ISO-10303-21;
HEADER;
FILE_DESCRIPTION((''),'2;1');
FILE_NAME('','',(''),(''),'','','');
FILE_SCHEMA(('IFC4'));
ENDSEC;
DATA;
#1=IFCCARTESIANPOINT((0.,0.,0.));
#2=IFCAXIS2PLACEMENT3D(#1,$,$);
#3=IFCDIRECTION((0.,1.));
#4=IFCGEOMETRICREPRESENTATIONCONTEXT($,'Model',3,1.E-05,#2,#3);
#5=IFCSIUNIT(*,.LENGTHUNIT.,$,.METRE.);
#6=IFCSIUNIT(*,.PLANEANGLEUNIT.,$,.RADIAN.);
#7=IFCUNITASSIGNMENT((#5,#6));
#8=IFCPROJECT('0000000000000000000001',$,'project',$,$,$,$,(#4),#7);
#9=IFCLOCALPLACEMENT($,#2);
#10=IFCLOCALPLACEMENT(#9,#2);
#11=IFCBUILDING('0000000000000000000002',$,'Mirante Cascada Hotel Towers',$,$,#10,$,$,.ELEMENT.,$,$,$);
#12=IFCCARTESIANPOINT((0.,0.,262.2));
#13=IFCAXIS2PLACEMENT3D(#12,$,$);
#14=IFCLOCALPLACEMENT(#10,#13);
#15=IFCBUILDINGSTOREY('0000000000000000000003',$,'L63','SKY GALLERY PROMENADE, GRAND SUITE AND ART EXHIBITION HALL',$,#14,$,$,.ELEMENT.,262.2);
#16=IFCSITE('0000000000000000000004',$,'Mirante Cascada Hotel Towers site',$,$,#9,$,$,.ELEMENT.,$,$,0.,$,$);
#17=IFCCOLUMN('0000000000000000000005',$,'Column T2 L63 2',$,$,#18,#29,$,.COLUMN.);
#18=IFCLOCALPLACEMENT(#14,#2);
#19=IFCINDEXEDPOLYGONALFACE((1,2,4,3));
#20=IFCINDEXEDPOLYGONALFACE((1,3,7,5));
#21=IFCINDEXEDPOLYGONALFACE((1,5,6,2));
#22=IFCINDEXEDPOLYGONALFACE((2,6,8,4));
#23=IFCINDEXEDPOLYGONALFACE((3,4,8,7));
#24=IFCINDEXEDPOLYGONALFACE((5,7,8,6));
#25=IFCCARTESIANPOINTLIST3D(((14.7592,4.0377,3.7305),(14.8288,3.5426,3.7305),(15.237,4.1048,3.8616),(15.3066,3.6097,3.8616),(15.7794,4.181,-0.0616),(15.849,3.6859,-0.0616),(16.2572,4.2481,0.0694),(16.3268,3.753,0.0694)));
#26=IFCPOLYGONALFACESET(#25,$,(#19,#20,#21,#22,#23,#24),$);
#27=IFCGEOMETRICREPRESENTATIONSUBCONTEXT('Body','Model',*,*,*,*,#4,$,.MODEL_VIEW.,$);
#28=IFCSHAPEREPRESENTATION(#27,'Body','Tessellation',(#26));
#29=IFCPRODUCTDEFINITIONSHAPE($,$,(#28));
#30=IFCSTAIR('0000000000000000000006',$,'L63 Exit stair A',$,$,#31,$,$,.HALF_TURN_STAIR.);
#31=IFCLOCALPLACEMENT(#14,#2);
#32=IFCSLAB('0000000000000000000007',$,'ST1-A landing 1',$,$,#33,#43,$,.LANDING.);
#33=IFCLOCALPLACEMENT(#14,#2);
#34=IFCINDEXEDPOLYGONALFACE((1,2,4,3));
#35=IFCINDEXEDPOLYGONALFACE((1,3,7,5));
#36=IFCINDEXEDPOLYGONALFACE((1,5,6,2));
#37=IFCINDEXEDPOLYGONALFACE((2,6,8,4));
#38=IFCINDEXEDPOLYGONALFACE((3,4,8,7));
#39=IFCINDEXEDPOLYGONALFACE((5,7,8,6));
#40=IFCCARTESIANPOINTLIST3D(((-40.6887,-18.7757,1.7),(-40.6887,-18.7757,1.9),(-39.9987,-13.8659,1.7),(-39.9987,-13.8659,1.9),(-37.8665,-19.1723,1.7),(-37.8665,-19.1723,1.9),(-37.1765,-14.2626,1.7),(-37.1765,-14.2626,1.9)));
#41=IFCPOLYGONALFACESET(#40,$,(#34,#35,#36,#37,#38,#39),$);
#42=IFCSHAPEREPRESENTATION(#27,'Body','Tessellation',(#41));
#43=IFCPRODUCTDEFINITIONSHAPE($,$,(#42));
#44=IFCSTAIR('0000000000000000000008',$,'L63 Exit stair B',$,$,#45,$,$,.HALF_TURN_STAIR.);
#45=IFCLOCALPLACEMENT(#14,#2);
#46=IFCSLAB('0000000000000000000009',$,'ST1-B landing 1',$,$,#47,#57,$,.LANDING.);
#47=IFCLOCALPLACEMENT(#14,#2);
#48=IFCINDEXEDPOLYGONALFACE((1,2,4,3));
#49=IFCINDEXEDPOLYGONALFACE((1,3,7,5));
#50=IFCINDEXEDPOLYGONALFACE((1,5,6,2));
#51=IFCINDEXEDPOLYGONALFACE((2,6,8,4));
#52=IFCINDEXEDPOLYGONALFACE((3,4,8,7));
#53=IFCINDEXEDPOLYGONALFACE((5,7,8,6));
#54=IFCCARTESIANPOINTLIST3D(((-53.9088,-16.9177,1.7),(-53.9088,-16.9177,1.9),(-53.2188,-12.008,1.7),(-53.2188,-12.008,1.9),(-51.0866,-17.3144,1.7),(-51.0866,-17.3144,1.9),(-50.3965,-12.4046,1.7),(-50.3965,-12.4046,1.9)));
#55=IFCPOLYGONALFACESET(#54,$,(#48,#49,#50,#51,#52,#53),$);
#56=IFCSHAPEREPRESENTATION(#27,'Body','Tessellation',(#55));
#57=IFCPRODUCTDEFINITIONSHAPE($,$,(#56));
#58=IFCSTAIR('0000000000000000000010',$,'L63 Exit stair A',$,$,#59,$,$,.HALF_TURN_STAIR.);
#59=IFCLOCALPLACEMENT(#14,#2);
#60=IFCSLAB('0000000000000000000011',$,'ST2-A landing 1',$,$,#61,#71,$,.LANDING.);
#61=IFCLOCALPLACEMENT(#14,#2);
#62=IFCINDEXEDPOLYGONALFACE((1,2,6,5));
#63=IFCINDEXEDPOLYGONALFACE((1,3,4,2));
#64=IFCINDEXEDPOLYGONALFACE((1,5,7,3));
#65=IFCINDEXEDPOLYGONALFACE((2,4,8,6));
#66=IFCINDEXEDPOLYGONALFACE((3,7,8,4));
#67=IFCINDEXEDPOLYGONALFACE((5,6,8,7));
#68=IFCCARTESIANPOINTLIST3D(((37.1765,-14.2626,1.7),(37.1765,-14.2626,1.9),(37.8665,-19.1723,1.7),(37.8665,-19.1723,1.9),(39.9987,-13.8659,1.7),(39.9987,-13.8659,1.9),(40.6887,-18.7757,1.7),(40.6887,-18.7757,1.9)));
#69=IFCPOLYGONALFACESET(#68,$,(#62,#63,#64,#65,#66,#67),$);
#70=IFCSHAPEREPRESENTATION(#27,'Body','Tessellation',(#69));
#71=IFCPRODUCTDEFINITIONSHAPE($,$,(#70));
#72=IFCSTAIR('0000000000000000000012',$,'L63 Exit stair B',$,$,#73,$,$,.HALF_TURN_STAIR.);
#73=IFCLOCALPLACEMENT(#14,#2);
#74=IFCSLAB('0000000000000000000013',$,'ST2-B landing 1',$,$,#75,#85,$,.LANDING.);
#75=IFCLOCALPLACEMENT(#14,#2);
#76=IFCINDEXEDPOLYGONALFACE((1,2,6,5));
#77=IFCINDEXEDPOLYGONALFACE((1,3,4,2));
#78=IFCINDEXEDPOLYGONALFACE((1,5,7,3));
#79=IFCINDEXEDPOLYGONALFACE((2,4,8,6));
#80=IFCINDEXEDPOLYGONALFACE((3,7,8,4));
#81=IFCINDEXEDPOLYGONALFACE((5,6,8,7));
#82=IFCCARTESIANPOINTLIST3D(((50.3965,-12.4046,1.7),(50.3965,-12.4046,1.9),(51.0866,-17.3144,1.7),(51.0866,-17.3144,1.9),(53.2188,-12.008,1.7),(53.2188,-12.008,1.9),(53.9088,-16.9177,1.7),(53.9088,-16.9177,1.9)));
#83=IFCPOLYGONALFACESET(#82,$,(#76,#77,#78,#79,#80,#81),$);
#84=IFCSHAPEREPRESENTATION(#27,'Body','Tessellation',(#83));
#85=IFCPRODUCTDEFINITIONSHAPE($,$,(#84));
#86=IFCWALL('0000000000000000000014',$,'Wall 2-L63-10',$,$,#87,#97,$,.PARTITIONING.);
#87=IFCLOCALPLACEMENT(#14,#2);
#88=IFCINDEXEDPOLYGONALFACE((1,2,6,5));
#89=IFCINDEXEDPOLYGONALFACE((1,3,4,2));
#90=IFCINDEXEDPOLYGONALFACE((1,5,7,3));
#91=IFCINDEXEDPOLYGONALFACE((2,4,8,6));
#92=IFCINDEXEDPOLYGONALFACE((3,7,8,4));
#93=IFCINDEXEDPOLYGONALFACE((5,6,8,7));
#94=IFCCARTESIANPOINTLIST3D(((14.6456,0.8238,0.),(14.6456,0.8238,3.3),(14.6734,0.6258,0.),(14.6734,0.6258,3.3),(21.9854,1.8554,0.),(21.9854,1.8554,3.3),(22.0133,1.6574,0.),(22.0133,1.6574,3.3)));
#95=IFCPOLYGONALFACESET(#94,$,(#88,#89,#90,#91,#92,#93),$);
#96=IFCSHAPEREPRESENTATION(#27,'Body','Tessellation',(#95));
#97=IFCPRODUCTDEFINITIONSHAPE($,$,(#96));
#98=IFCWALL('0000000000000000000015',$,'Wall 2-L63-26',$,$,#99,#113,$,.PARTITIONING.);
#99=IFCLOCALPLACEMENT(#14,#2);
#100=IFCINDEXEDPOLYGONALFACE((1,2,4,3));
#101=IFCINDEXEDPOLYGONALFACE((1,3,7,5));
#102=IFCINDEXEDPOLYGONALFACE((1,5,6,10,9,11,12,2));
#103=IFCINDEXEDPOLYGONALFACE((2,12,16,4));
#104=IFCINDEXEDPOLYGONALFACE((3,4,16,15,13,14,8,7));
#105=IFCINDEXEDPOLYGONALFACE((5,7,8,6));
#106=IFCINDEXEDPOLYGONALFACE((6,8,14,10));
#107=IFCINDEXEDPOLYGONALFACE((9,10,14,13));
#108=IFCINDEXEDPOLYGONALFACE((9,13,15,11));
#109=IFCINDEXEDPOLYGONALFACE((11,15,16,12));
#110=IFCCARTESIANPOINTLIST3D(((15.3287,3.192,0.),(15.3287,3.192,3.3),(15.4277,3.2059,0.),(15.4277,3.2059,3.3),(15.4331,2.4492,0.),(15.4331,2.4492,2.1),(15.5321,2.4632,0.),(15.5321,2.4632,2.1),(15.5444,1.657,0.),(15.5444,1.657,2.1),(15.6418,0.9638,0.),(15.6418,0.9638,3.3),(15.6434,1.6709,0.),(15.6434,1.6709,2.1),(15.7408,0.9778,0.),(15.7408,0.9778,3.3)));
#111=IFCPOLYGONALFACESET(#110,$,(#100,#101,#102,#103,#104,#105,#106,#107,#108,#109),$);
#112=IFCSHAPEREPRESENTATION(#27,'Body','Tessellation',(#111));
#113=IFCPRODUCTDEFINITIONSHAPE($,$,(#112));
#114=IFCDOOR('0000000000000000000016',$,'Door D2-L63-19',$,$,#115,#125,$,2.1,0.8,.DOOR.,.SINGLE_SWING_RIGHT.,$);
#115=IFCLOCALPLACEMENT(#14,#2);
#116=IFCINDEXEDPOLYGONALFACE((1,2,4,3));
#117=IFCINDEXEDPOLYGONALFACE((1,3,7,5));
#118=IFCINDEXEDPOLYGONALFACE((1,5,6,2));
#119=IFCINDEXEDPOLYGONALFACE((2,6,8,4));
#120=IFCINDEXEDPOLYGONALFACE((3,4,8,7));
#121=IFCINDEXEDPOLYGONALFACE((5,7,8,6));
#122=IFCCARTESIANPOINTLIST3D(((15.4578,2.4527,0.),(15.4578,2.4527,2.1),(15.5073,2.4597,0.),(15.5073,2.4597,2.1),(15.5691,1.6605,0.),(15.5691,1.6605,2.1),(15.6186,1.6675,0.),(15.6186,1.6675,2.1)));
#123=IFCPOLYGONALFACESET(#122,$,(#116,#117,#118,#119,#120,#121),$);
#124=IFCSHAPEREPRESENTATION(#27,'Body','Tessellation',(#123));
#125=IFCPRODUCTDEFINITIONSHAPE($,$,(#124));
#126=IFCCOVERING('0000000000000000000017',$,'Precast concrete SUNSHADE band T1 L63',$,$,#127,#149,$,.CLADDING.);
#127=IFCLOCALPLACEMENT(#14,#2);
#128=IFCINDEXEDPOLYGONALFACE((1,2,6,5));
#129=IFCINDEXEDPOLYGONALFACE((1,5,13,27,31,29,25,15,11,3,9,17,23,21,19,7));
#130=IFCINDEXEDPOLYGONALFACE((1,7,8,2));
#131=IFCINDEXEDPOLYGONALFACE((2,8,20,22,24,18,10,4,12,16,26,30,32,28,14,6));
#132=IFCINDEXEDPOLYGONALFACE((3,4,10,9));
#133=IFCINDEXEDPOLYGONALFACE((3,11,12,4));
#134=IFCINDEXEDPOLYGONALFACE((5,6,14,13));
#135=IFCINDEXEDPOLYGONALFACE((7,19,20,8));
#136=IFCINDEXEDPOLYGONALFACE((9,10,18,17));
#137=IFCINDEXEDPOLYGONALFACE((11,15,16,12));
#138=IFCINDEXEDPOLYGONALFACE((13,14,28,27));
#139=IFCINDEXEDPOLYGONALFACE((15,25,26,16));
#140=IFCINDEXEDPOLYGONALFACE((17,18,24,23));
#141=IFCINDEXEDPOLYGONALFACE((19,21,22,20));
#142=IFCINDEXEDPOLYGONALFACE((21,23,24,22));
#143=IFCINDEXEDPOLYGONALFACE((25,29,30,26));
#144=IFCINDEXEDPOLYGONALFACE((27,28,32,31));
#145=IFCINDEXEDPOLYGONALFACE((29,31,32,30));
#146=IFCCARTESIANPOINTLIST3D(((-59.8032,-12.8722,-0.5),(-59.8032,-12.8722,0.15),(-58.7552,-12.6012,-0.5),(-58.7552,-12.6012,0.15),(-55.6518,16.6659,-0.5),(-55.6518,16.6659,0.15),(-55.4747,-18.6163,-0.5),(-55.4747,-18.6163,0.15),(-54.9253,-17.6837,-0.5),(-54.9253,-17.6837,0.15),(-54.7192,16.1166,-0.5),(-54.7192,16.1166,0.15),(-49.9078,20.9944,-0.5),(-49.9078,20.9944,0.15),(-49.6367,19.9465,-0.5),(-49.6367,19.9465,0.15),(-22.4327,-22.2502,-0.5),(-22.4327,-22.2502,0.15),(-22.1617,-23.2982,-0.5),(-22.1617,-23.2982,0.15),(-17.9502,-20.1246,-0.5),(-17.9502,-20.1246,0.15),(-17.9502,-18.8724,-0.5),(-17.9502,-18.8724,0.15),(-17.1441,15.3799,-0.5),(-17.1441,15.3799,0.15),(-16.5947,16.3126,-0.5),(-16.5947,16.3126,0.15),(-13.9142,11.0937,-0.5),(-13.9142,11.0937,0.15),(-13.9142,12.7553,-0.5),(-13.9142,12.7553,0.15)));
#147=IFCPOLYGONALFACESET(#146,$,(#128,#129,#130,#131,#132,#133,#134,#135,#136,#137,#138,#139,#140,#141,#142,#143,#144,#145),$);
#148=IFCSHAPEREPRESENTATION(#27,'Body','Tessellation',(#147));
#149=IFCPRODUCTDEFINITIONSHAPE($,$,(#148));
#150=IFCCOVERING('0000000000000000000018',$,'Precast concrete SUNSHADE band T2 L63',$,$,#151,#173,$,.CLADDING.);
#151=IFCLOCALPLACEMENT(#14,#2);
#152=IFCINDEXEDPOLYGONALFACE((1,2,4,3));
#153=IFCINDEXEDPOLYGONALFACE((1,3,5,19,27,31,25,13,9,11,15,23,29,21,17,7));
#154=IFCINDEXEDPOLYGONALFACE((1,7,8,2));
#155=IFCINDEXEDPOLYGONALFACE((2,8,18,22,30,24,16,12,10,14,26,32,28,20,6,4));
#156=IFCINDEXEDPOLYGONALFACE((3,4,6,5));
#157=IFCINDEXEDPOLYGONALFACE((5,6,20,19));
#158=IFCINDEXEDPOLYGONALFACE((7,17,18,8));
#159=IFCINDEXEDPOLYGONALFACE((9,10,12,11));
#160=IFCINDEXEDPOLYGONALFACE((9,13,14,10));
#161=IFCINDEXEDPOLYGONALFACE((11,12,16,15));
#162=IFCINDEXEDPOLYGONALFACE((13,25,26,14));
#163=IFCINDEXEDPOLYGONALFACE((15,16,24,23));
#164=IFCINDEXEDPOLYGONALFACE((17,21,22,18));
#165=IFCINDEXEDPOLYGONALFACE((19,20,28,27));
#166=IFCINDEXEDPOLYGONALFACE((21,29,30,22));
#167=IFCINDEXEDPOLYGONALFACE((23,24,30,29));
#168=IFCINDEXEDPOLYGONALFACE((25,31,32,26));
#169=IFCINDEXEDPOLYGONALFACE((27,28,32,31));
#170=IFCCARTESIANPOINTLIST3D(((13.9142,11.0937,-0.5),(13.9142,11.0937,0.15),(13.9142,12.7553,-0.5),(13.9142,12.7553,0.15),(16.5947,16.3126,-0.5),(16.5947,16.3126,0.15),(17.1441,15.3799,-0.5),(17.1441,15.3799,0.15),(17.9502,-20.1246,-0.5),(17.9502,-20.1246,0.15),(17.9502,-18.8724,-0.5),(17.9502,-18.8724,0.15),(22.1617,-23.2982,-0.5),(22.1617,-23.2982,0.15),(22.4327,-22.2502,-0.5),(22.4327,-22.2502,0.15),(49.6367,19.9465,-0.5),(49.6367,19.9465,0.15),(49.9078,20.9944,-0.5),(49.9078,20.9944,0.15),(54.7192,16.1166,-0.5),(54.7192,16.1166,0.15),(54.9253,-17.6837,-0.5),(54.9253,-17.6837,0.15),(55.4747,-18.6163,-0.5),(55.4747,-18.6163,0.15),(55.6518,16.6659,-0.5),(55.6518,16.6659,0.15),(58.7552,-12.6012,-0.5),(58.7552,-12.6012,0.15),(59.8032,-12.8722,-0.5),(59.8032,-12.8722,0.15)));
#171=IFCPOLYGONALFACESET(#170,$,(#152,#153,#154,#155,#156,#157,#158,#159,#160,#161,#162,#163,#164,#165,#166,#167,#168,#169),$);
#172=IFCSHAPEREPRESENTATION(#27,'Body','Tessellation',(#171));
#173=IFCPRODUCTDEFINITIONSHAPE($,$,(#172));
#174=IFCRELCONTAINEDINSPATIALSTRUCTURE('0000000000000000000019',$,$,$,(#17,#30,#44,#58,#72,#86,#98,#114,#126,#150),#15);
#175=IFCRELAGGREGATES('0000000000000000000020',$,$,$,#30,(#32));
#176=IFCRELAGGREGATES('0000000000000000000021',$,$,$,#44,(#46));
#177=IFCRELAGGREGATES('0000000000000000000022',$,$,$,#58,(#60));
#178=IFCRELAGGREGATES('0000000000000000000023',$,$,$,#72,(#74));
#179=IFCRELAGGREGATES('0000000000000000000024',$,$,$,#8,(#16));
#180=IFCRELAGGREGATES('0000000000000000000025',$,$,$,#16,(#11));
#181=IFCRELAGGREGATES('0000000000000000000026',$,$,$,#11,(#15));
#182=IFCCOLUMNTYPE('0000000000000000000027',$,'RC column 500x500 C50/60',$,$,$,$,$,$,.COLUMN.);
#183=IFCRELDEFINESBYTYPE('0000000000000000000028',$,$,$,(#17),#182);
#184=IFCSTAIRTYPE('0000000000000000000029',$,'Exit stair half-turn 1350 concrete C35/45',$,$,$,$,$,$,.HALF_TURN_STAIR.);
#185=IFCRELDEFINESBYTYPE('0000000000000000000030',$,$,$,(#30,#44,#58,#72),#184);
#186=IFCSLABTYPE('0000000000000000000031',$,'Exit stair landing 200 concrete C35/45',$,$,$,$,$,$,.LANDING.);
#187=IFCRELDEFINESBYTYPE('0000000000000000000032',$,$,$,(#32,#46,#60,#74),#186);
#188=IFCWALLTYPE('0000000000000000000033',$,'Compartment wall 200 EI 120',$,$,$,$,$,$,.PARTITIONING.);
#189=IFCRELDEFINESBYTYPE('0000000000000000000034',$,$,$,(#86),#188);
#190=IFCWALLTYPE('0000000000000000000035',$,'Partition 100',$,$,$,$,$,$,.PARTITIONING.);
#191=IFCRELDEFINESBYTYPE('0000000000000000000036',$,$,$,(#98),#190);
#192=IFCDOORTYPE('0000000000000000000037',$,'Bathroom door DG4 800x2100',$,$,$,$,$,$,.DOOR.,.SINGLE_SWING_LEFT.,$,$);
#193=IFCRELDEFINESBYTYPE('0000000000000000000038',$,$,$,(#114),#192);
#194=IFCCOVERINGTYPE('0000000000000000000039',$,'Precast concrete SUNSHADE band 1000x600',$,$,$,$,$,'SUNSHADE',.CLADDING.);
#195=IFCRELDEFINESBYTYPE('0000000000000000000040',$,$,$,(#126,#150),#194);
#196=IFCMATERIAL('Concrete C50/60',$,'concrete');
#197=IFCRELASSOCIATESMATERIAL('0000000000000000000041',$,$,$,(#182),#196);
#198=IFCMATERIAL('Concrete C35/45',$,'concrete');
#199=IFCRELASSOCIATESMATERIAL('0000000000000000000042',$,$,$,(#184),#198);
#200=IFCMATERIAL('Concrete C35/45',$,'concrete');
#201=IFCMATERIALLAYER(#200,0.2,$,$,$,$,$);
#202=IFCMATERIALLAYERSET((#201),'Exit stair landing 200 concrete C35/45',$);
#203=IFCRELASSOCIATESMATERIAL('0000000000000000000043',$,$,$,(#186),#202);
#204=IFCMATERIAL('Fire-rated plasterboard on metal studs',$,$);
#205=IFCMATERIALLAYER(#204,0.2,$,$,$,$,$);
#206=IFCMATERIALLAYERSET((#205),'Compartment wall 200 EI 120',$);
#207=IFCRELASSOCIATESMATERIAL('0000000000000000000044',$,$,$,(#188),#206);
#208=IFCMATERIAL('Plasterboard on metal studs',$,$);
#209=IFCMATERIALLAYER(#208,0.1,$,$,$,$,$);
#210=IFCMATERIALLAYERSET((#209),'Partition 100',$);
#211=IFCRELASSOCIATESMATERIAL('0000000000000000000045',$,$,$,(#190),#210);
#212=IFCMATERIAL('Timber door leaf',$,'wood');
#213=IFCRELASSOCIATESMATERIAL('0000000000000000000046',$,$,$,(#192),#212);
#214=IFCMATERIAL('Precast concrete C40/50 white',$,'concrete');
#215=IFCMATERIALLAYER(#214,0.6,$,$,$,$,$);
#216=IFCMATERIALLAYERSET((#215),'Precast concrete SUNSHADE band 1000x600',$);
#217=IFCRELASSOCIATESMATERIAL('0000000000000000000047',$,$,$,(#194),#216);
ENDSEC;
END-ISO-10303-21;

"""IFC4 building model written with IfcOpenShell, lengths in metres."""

from ifc_helpers import new_model, si_unit, direction, frame, frame_2d, origin, origin_2d, place, context, subcontext, project, spatial, polyline, rectangle, outline, extrude, material, layer, layer_set, material_profile, profile_set, type_object, element, fill, aggregate, save


model = new_model("IFC4")

# Units and contexts
model_context = context("Model", 3, precision=1e-05, world=origin(), true_north=direction((0.0, 1.0)))
body_context = subcontext(model_context, "Body", "Model", "MODEL_VIEW")
ifc_project = project(units=[si_unit("LENGTHUNIT", "METRE"), si_unit("PLANEANGLEUNIT", "RADIAN")], contexts=[model_context])

# Site, building, storey
site_placement = place(None, origin())
site = spatial("IfcSite", under=ifc_project, at=site_placement, Name="Mirante Cascada Hotel Towers site", CompositionType="ELEMENT", RefElevation=0.0)
building_placement = place(site_placement, origin())
building = spatial("IfcBuilding", under=site, at=building_placement, Name="Mirante Cascada Hotel Towers", CompositionType="ELEMENT")
storey_placement = place(building_placement, frame((0.0, 0.0, 262.2)))
storey = spatial("IfcBuildingStorey", under=building, at=storey_placement, Name="L63", Description="SKY GALLERY PROMENADE, GRAND SUITE AND ART EXHIBITION HALL", CompositionType="ELEMENT", Elevation=262.2)

# Column
ifc_material_1 = material(Name="Concrete C50/60", Category="concrete")
ifc_material_profile = material_profile(ifc_material_1, rectangle(XDim=0.5, YDim=0.5, at=origin_2d()), Name="RC column 500x500 C50/60")
ifc_profile_set = profile_set([ifc_material_profile], Name="Concrete C50/60")
column_type = type_object("IfcColumnType", Name="RC column 500x500 C50/60", PredefinedType="COLUMN", material=ifc_profile_set)
column_placement = place(storey_placement, frame((16.0531, 3.967, 0.0039), z_axis=(-0.259616, -0.036466, 0.965023), x_axis=(0.139097, -0.990279, 0.0)))
element("IfcColumn", 1, at=column_placement, inside=storey, type_object=column_type, Name="Column T2 L63 2", PredefinedType="COLUMN", context=body_context, shape_type="SweptSolid", body=[
    extrude(rectangle(XDim=0.5, YDim=0.5, at=origin_2d()), origin(), (0.0, 0.0, 1.0), 3.9296),
])

# Stairs, slabs
ifc_material_2 = material(Name="Concrete C35/45", Category="concrete")
stair_type = type_object("IfcStairType", Name="Exit stair half-turn 1350 concrete C35/45", PredefinedType="HALF_TURN_STAIR", material=ifc_material_2)
stair_1_placement = place(storey_placement, origin())
stair_1 = element("IfcStair", 2, at=stair_1_placement, inside=storey, type_object=stair_type, Name="L63 Exit stair A", PredefinedType="HALF_TURN_STAIR")
ifc_material_3 = material(Name="Concrete C35/45", Category="concrete")
ifc_layer_1 = layer(ifc_material_3, 0.2)
ifc_layer_set_1 = layer_set([ifc_layer_1], Name="Exit stair landing 200 concrete C35/45")
slab_type = type_object("IfcSlabType", Name="Exit stair landing 200 concrete C35/45", PredefinedType="LANDING", material=ifc_layer_set_1)
slab_1_placement = place(storey_placement, frame((0.0, 0.0, 1.7)))
slab_1 = element("IfcSlab", 3, at=slab_1_placement, type_object=slab_type, Name="ST1-A landing 1", PredefinedType="LANDING", context=body_context, shape_type="SweptSolid", body=[
    extrude(outline(polyline([(-39.9987, -13.8659), (-40.6887, -18.7757), (-37.8665, -19.1723), (-37.1765, -14.2626), (-39.9987, -13.8659)])), origin(), (0.0, 0.0, 1.0), 0.2),
])
aggregate(stair_1, [slab_1])
stair_2_placement = place(storey_placement, origin())
stair_2 = element("IfcStair", 4, at=stair_2_placement, inside=storey, type_object=stair_type, Name="L63 Exit stair B", PredefinedType="HALF_TURN_STAIR")
slab_2_placement = place(storey_placement, frame((0.0, 0.0, 1.7)))
slab_2 = element("IfcSlab", 5, at=slab_2_placement, type_object=slab_type, Name="ST1-B landing 1", PredefinedType="LANDING", context=body_context, shape_type="SweptSolid", body=[
    extrude(outline(polyline([(-53.2188, -12.008), (-53.9088, -16.9177), (-51.0866, -17.3144), (-50.3965, -12.4046), (-53.2188, -12.008)])), origin(), (0.0, 0.0, 1.0), 0.2),
])
aggregate(stair_2, [slab_2])
stair_3_placement = place(storey_placement, origin())
stair_3 = element("IfcStair", 6, at=stair_3_placement, inside=storey, type_object=stair_type, Name="L63 Exit stair A", PredefinedType="HALF_TURN_STAIR")
slab_3_placement = place(storey_placement, frame((0.0, 0.0, 1.7)))
slab_3 = element("IfcSlab", 7, at=slab_3_placement, type_object=slab_type, Name="ST2-A landing 1", PredefinedType="LANDING", context=body_context, shape_type="SweptSolid", body=[
    extrude(outline(polyline([(37.1765, -14.2626), (37.8665, -19.1723), (40.6887, -18.7757), (39.9987, -13.8659), (37.1765, -14.2626)])), origin(), (0.0, 0.0, 1.0), 0.2),
])
aggregate(stair_3, [slab_3])
stair_4_placement = place(storey_placement, origin())
stair_4 = element("IfcStair", 8, at=stair_4_placement, inside=storey, type_object=stair_type, Name="L63 Exit stair B", PredefinedType="HALF_TURN_STAIR")
slab_4_placement = place(storey_placement, frame((0.0, 0.0, 1.7)))
slab_4 = element("IfcSlab", 9, at=slab_4_placement, type_object=slab_type, Name="ST2-B landing 1", PredefinedType="LANDING", context=body_context, shape_type="SweptSolid", body=[
    extrude(outline(polyline([(50.3965, -12.4046), (51.0866, -17.3144), (53.9088, -16.9177), (53.2188, -12.008), (50.3965, -12.4046)])), origin(), (0.0, 0.0, 1.0), 0.2),
])
aggregate(stair_4, [slab_4])

# Wall
ifc_material_4 = material(Name="Fire-rated plasterboard on metal studs")
ifc_layer_2 = layer(ifc_material_4, 0.2)
ifc_layer_set_2 = layer_set([ifc_layer_2], Name="Compartment wall 200 EI 120")
wall_type_1 = type_object("IfcWallType", Name="Compartment wall 200 EI 120", PredefinedType="PARTITIONING", material=ifc_layer_set_2)
wall_1_placement = place(storey_placement, frame((14.6595, 0.7248, 0.0), z_axis=(0.0, 0.0, 1.0), x_axis=(0.990267, 0.139179, 0.0)))
element("IfcWall", 10, at=wall_1_placement, inside=storey, type_object=wall_type_1, Name="Wall 2-L63-10", PredefinedType="PARTITIONING", context=body_context, shape_type="SweptSolid", body=[
    extrude(rectangle(XDim=7.412, YDim=0.2, at=frame_2d((3.706, 0.0))), origin(), (0.0, 0.0, 1.0), 3.3),
])

# Wall, opening, door
ifc_material_5 = material(Name="Plasterboard on metal studs")
ifc_layer_3 = layer(ifc_material_5, 0.1)
ifc_layer_set_3 = layer_set([ifc_layer_3], Name="Partition 100")
wall_type_2 = type_object("IfcWallType", Name="Partition 100", PredefinedType="PARTITIONING", material=ifc_layer_set_3)
wall_2_placement = place(storey_placement, frame((15.6913, 0.9708, 0.0), z_axis=(0.0, 0.0, 1.0), x_axis=(-0.139156, 0.990271, 0.0)))
wall_2 = element("IfcWall", 11, at=wall_2_placement, inside=storey, type_object=wall_type_2, Name="Wall 2-L63-26", PredefinedType="PARTITIONING", context=body_context, shape_type="SweptSolid", body=[
    extrude(rectangle(XDim=2.25, YDim=0.1, at=frame_2d((1.125, 0.0))), origin(), (0.0, 0.0, 1.0), 3.3),
])
opening_placement = place(wall_2_placement, frame((0.7, 0.0, 0.0)))
opening = element("IfcOpeningElement", 12, at=opening_placement, cuts=wall_2, PredefinedType="OPENING", context=body_context, shape_type="SweptSolid", body=[
    extrude(rectangle(XDim=0.8, YDim=2.1, at=frame_2d((0.4, 1.05))), frame((0.0, 0.05, 0.0), z_axis=(0.0, -1.0, 0.0), x_axis=(1.0, 0.0, 0.0)), (0.0, 0.0, 1.0), 0.1),
])
ifc_material_6 = material(Name="Timber door leaf", Category="wood")
door_type = type_object("IfcDoorType", Name="Bathroom door DG4 800x2100", OperationType="SINGLE_SWING_LEFT", PredefinedType="DOOR", material=ifc_material_6)
door_placement = place(opening_placement, frame((0.8, 0.0, 0.0), z_axis=(0.0, 0.0, 1.0), x_axis=(-1.0, 0.0, 0.0)))
door = element("IfcDoor", 13, at=door_placement, inside=storey, type_object=door_type, Name="Door D2-L63-19", OperationType="SINGLE_SWING_RIGHT", OverallHeight=2.1, OverallWidth=0.8, PredefinedType="DOOR", context=body_context, shape_type="SweptSolid", body=[
    extrude(rectangle(XDim=0.8, YDim=2.1, at=frame_2d((0.4, 1.05))), frame((0.0, 0.025, 0.0), z_axis=(0.0, -1.0, 0.0), x_axis=(1.0, 0.0, 0.0)), (0.0, 0.0, 1.0), 0.05),
])
fill(opening, door)

# Coverings
ifc_material_7 = material(Name="Precast concrete C40/50 white", Category="concrete")
ifc_layer_4 = layer(ifc_material_7, 0.6)
ifc_layer_set_4 = layer_set([ifc_layer_4], Name="Precast concrete SUNSHADE band 1000x600")
covering_type = type_object("IfcCoveringType", Name="Precast concrete SUNSHADE band 1000x600", ElementType="SUNSHADE", PredefinedType="CLADDING", material=ifc_layer_set_4)
covering_1_placement = place(storey_placement, frame((0.0, 0.0, -0.5)))
element("IfcCovering", 14, at=covering_1_placement, inside=storey, type_object=covering_type, Name="Precast concrete SUNSHADE band T1 L63", PredefinedType="CLADDING", context=body_context, shape_type="SweptSolid", body=[
    extrude(outline(polyline([(-55.6518, 16.6659), (-49.9078, 20.9944), (-16.5947, 16.3126), (-13.9142, 12.7553), (-13.9142, 11.0937), (-17.1441, 15.3799), (-49.6367, 19.9465), (-54.7192, 16.1166), (-58.7552, -12.6012), (-54.9253, -17.6837), (-22.4327, -22.2502), (-17.9502, -18.8724), (-17.9502, -20.1246), (-22.1617, -23.2982), (-55.4747, -18.6163), (-59.8032, -12.8722), (-55.6518, 16.6659)])), origin(), (0.0, 0.0, 1.0), 0.65),
])
covering_2_placement = place(storey_placement, frame((0.0, 0.0, -0.5)))
element("IfcCovering", 15, at=covering_2_placement, inside=storey, type_object=covering_type, Name="Precast concrete SUNSHADE band T2 L63", PredefinedType="CLADDING", context=body_context, shape_type="SweptSolid", body=[
    extrude(outline(polyline([(49.9078, 20.9944), (55.6518, 16.6659), (59.8032, -12.8722), (55.4747, -18.6163), (22.1617, -23.2982), (17.9502, -20.1246), (17.9502, -18.8724), (22.4327, -22.2502), (54.9253, -17.6837), (58.7552, -12.6012), (54.7192, 16.1166), (49.6367, 19.9465), (17.1441, 15.3799), (13.9142, 11.0937), (13.9142, 12.7553), (16.5947, 16.3126), (49.9078, 20.9944)])), origin(), (0.0, 0.0, 1.0), 0.65),
])

save(model, "model.ifc")
